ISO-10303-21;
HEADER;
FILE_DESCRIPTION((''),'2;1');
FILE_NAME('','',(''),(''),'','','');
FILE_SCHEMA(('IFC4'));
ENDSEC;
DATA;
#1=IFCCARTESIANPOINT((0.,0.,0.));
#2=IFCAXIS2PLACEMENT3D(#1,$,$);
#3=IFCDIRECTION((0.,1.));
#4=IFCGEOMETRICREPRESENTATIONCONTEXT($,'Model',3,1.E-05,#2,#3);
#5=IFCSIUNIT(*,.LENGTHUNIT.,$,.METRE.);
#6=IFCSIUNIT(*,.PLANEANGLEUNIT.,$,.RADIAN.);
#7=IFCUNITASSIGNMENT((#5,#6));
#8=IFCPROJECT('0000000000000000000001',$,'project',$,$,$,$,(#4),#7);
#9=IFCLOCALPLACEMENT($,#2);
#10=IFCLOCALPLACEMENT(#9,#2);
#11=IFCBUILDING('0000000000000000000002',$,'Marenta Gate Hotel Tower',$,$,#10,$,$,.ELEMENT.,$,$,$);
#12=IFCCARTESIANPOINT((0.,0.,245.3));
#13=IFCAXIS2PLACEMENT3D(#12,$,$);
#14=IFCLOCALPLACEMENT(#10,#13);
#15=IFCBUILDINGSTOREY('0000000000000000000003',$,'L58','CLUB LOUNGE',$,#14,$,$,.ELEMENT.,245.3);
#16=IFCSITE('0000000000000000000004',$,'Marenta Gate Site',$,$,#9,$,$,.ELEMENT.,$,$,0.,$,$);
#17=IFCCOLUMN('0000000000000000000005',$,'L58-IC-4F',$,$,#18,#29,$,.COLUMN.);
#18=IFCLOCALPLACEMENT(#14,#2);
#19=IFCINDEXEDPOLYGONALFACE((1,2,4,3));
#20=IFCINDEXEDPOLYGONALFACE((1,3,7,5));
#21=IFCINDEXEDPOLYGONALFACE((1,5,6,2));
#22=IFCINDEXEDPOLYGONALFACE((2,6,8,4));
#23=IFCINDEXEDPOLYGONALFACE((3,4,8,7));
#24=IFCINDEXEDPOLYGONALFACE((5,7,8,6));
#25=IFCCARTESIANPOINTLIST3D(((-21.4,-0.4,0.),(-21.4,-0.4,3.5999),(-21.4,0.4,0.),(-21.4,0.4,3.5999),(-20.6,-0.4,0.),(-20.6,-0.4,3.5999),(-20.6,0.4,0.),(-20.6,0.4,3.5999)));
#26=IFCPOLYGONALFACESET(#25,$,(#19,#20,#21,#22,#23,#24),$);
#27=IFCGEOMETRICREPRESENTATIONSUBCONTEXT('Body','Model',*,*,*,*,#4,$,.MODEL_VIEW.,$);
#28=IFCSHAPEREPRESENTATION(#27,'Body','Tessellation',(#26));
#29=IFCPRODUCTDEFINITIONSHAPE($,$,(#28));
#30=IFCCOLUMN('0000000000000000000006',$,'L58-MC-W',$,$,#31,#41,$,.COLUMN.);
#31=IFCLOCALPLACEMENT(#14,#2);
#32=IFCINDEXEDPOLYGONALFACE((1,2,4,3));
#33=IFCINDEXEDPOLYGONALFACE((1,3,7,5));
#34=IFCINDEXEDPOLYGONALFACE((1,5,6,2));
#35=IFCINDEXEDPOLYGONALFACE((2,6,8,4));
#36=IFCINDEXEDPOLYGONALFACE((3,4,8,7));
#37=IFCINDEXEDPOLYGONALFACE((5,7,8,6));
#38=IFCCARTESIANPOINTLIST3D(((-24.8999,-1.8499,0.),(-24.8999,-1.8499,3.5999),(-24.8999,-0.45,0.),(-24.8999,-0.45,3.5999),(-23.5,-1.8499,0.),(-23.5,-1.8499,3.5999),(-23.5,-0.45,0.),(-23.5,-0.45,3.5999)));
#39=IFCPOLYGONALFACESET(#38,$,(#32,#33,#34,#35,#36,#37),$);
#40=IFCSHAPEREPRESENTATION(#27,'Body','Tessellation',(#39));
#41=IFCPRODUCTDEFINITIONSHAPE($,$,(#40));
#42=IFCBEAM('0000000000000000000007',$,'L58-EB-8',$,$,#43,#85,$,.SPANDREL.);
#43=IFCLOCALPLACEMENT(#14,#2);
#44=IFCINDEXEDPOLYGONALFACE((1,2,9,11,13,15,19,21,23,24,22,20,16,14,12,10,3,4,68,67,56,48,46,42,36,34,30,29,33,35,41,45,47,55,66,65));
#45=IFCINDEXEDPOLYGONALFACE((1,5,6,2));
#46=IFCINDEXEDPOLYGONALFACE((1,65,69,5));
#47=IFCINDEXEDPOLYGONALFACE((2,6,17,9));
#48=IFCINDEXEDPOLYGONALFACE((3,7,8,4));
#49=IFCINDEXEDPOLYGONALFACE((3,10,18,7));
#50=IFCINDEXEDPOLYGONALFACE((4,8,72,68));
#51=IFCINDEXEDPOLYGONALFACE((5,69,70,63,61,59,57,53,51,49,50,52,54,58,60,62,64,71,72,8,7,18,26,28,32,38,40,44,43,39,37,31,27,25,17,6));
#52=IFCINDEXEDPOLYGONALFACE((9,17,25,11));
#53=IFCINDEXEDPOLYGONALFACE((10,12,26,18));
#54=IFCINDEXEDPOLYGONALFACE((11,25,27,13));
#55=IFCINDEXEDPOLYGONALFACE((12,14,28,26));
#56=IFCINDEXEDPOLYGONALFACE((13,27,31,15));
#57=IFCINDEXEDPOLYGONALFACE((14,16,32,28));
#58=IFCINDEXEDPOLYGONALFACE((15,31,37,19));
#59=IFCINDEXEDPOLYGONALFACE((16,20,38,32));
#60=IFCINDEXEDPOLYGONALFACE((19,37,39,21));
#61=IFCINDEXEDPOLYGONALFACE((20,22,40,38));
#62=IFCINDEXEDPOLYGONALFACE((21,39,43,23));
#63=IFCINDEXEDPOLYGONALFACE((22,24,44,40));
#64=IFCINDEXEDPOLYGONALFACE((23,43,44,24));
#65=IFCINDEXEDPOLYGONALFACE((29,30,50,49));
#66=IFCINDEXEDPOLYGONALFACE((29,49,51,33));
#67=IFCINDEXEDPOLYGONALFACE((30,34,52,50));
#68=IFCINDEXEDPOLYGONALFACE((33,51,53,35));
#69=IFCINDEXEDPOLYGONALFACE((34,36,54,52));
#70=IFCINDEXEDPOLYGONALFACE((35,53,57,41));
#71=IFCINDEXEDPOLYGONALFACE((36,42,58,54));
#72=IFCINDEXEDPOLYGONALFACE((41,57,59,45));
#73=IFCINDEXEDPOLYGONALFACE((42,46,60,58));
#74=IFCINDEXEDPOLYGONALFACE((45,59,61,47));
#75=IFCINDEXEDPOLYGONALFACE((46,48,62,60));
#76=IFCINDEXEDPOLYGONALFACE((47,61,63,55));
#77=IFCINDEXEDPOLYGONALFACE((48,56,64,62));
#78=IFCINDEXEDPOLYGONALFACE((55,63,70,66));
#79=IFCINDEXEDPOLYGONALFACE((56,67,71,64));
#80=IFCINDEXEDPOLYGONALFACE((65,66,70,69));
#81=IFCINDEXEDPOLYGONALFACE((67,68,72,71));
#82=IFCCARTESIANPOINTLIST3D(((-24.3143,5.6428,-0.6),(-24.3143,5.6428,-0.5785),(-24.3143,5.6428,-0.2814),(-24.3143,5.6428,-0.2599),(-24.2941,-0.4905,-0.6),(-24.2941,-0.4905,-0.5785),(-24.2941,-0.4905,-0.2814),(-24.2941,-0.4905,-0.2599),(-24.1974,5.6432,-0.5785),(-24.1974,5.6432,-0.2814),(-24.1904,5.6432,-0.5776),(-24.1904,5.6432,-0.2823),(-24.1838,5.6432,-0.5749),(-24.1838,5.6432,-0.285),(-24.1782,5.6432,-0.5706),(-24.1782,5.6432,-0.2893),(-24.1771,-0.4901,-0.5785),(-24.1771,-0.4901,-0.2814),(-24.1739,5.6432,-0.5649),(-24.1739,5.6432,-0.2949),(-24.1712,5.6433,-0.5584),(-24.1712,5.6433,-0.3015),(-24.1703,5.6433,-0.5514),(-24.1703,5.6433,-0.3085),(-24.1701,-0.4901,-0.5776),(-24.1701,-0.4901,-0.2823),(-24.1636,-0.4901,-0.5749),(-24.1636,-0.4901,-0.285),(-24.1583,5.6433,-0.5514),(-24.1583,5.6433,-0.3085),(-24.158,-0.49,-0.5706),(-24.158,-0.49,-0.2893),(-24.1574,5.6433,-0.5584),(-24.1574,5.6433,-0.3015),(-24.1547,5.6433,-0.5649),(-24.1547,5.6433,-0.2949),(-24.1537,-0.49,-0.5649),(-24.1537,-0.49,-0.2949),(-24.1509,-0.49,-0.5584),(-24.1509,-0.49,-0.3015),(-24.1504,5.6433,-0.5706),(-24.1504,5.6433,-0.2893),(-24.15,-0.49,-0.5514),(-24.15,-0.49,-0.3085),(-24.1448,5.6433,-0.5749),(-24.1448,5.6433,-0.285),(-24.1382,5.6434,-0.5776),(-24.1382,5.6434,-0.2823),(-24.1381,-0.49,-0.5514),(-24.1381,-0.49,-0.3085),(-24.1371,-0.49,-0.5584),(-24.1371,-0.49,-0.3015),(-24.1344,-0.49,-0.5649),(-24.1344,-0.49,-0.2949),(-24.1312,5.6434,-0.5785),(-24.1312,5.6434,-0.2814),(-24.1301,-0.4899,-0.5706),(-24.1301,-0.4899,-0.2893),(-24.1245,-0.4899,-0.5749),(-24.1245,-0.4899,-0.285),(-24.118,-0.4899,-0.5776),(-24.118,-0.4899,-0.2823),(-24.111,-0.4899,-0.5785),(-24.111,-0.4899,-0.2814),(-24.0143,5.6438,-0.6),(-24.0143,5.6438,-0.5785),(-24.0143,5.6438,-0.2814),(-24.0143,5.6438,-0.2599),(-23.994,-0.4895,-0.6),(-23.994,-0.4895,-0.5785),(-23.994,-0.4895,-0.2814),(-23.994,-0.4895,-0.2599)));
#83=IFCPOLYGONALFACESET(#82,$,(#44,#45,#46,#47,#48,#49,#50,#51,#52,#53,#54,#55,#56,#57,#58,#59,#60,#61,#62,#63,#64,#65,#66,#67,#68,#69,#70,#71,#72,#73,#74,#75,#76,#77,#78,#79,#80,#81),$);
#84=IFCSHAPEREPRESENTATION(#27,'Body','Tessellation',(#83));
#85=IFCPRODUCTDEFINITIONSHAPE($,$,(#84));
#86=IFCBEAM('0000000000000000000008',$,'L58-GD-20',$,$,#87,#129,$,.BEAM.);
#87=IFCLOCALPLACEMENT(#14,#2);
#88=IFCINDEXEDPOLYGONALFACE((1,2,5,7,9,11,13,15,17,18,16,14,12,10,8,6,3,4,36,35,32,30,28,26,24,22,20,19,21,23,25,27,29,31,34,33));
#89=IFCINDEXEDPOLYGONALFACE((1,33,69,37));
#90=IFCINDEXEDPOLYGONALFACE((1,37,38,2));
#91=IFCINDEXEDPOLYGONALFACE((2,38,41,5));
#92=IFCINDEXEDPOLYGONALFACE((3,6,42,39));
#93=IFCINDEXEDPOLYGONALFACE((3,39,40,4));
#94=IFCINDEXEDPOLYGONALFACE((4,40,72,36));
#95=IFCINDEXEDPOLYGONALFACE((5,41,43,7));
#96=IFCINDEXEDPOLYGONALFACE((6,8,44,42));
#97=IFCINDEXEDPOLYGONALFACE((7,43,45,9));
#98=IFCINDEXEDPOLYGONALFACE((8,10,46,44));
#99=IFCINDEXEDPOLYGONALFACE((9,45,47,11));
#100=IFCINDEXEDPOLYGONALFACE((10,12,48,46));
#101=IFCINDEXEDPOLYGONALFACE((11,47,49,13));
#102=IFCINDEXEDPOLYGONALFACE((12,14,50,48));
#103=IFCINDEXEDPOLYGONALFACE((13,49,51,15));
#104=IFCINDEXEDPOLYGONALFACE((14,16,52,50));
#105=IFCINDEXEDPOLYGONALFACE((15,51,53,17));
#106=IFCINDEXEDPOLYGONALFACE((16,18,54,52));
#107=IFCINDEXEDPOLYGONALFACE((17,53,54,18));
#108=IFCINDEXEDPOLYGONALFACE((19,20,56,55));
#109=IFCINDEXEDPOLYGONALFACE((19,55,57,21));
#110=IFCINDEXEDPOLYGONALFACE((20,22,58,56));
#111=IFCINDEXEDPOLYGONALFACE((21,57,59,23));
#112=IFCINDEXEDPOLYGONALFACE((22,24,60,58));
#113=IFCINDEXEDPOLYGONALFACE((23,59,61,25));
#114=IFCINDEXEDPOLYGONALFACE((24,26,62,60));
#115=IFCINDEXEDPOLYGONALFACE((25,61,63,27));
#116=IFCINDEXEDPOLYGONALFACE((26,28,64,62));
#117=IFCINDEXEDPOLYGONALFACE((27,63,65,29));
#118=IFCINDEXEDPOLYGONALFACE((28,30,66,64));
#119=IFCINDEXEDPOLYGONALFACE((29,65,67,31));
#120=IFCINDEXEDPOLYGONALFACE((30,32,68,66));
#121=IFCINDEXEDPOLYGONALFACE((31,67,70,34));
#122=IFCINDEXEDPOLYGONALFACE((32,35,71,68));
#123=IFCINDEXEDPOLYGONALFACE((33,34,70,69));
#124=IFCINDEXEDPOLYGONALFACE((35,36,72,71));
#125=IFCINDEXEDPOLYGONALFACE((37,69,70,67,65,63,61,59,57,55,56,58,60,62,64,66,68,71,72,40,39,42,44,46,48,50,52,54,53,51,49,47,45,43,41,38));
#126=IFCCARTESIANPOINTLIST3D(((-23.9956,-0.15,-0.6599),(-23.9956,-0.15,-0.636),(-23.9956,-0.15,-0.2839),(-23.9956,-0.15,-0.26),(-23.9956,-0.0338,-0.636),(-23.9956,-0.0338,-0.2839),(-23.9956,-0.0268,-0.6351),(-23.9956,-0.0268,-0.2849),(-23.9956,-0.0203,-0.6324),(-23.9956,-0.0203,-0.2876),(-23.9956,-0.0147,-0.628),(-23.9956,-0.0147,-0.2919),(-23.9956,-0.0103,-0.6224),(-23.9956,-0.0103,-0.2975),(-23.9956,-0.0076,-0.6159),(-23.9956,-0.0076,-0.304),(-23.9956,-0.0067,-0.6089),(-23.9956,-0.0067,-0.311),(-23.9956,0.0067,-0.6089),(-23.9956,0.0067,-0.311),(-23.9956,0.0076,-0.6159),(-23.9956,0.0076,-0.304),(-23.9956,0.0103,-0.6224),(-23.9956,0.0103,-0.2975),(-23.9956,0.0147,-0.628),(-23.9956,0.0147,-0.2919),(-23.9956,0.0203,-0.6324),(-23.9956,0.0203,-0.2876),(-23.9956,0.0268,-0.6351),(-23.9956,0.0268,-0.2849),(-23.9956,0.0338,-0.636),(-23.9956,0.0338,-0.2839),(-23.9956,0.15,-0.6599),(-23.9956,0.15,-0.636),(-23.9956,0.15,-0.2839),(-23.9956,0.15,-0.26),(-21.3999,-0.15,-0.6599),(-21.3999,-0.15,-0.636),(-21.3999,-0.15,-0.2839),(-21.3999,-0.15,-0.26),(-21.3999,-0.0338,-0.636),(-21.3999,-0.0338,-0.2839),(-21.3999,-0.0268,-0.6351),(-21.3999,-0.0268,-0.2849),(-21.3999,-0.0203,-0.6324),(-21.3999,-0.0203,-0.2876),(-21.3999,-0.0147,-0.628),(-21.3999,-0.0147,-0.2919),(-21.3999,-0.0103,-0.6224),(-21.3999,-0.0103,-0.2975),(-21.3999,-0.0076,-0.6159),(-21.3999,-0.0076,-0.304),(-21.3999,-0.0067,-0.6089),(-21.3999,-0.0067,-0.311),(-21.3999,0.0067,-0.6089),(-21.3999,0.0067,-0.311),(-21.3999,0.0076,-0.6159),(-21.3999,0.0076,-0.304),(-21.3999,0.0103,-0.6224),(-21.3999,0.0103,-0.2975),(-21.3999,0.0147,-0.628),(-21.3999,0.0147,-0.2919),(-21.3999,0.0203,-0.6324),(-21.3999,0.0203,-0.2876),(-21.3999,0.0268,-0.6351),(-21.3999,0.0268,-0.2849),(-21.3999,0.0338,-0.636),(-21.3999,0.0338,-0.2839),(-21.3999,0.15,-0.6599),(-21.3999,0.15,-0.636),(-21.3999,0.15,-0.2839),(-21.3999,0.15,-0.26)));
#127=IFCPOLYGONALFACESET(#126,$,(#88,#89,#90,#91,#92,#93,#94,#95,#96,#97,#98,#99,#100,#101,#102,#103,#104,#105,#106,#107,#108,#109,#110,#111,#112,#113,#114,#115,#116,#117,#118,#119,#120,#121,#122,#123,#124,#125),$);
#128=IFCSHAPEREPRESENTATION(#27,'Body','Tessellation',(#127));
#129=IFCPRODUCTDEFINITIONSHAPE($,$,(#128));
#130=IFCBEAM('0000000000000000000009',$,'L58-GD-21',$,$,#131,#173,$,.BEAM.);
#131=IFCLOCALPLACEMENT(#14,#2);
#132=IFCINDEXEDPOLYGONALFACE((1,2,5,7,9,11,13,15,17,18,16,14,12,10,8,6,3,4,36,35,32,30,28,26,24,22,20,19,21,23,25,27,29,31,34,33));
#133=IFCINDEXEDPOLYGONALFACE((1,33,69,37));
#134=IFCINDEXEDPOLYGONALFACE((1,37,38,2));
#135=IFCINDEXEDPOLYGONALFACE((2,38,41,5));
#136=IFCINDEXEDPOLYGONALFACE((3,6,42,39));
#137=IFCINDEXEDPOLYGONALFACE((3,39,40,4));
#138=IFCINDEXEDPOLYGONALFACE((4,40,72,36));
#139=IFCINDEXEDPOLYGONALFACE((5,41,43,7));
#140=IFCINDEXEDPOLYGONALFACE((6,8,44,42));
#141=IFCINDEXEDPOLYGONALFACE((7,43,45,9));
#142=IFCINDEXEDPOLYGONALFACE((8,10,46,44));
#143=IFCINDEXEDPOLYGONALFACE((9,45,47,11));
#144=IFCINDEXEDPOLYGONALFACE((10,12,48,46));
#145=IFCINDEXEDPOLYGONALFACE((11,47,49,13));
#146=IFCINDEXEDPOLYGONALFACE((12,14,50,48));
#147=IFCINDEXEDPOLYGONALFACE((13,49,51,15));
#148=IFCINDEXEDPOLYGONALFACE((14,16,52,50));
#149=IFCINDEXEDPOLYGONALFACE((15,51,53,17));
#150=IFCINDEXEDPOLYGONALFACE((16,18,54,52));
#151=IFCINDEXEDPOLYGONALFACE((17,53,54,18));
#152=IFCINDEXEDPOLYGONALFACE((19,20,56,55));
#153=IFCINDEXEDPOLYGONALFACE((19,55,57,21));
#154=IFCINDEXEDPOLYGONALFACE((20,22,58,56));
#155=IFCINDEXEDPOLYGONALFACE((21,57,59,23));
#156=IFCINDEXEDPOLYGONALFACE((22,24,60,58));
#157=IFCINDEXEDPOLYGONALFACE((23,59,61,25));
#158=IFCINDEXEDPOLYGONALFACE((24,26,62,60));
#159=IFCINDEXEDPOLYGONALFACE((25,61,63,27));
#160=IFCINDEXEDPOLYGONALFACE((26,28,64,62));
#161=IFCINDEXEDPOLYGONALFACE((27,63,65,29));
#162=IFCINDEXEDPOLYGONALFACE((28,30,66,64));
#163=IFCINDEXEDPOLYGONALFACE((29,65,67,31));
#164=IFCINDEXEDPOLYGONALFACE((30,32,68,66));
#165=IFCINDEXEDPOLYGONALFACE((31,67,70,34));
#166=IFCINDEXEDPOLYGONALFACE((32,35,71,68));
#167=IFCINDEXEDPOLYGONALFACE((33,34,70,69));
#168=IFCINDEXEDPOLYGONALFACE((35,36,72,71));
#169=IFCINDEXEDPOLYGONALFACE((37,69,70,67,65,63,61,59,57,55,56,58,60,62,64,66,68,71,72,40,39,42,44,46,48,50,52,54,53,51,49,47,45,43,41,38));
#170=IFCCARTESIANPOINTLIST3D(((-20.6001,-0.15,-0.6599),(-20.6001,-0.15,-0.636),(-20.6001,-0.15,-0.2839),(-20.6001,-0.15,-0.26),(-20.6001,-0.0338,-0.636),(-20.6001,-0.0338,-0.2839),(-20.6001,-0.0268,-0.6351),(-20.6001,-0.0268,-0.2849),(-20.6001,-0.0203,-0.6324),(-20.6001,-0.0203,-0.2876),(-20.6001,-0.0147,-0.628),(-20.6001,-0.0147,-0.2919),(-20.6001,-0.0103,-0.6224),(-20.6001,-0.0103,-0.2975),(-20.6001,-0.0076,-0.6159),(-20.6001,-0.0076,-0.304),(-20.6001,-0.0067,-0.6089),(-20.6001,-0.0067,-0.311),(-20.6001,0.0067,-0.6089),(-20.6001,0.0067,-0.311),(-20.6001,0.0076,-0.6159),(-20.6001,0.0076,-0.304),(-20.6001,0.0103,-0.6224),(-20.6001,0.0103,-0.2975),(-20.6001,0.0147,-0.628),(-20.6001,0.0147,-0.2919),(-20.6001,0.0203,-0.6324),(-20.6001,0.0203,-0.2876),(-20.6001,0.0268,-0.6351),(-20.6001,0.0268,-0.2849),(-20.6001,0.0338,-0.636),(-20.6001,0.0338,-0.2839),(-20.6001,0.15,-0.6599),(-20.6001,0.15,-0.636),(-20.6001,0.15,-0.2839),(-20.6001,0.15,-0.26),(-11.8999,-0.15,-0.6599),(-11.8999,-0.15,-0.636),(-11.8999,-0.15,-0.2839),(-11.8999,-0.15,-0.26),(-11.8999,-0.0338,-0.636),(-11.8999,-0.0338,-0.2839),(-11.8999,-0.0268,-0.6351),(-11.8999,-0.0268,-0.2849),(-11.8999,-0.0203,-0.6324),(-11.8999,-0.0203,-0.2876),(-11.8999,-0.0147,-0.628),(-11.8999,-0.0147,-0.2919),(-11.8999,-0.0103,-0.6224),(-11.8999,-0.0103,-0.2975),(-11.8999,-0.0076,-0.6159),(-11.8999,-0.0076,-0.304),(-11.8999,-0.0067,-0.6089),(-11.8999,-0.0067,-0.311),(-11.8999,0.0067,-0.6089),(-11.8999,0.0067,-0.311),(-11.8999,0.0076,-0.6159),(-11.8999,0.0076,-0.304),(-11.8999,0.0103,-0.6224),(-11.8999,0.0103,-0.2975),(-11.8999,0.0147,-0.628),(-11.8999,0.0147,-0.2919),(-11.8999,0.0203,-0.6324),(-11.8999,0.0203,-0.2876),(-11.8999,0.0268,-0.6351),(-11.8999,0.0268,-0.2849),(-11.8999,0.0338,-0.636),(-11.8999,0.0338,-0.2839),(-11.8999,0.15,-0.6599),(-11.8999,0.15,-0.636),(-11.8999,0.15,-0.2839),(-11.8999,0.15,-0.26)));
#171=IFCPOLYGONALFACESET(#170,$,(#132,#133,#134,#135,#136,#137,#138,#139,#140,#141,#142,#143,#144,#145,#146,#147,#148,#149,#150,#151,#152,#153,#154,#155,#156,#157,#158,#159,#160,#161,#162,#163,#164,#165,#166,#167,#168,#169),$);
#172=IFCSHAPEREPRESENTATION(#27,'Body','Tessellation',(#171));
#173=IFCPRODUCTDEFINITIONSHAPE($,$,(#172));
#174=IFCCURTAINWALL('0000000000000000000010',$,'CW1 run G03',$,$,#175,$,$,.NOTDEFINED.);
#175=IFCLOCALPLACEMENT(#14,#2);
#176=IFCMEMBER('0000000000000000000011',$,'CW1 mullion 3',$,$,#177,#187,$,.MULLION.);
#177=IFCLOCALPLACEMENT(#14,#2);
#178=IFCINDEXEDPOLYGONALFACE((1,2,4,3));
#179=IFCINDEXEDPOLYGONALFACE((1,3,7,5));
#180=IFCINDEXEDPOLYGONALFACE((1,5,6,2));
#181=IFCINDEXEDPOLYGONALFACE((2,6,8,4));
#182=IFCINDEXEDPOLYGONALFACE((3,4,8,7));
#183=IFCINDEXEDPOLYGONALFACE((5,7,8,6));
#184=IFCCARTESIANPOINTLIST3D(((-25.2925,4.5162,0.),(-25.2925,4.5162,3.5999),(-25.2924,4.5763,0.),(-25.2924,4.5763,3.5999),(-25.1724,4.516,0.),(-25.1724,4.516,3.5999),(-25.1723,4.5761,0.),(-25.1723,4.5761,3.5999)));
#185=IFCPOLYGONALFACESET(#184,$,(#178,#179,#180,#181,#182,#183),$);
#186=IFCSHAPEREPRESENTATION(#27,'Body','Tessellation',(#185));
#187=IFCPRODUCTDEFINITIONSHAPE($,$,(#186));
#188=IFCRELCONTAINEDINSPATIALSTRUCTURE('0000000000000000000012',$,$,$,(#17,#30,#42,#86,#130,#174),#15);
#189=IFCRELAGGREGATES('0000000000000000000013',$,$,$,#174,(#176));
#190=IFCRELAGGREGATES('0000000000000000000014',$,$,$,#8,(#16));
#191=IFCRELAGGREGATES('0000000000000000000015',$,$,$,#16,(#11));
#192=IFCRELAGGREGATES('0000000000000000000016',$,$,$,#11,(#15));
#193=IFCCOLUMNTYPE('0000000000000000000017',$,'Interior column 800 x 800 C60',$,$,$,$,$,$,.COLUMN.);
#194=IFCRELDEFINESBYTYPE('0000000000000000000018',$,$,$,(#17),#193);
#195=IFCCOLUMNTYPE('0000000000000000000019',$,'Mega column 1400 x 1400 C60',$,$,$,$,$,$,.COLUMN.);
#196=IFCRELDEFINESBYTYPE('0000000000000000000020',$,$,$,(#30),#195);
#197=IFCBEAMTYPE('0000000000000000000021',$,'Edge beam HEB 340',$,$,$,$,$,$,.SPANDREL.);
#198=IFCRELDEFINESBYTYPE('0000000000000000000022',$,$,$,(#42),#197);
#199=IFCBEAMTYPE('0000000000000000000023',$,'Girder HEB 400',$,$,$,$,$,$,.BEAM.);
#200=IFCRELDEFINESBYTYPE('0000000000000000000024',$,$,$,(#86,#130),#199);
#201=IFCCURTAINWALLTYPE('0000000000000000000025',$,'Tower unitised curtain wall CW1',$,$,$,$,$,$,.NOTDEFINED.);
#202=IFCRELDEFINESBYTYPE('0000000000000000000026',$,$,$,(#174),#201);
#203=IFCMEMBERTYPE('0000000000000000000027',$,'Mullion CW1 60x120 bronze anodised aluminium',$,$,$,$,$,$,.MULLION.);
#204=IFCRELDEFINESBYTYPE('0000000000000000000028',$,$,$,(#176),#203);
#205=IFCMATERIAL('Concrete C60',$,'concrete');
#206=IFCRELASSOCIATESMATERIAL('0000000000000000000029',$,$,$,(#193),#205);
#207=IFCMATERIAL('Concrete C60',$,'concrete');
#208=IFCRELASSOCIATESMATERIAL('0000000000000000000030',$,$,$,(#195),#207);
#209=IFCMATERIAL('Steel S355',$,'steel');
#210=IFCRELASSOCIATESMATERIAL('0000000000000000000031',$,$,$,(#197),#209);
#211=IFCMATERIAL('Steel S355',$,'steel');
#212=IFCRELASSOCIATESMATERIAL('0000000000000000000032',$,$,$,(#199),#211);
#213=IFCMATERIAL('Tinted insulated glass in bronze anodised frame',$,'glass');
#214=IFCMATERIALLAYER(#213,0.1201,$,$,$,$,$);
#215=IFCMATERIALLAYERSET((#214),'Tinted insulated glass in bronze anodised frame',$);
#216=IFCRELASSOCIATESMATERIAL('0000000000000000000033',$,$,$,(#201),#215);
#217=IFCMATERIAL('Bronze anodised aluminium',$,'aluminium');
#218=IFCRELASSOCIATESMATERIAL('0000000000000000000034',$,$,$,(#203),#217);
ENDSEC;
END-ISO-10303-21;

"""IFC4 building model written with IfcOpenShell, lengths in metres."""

from ifc_helpers import new_model, si_unit, direction, frame, origin, origin_2d, place, context, subcontext, project, spatial, rectangle, i_section, extrude, material, layer, layer_set, material_profile, profile_set, type_object, element, aggregate, save


model = new_model("IFC4")

# Units and contexts
model_context = context("Model", 3, precision=1e-05, world=origin(), true_north=direction((0.0, 1.0)))
body_context = subcontext(model_context, "Body", "Model", "MODEL_VIEW")
ifc_project = project(units=[si_unit("LENGTHUNIT", "METRE"), si_unit("PLANEANGLEUNIT", "RADIAN")], contexts=[model_context])

# Site, building, storey
site_placement = place(None, origin())
site = spatial("IfcSite", under=ifc_project, at=site_placement, Name="Marenta Gate Site", CompositionType="ELEMENT", RefElevation=0.0)
building_placement = place(site_placement, origin())
building = spatial("IfcBuilding", under=site, at=building_placement, Name="Marenta Gate Hotel Tower", CompositionType="ELEMENT")
storey_placement = place(building_placement, frame((0.0, 0.0, 245.3)))
storey = spatial("IfcBuildingStorey", under=building, at=storey_placement, Name="L58", Description="CLUB LOUNGE", CompositionType="ELEMENT", Elevation=245.3)

# Columns
ifc_material_1 = material(Name="Concrete C60", Category="concrete")
ifc_material_profile_1 = material_profile(ifc_material_1, rectangle(XDim=0.8, YDim=0.8, at=origin_2d()), Name="800 x 800")
ifc_profile_set_1 = profile_set([ifc_material_profile_1], Name="Concrete C60")
column_type_1 = type_object("IfcColumnType", Name="Interior column 800 x 800 C60", PredefinedType="COLUMN", material=ifc_profile_set_1)
column_1_placement = place(storey_placement, frame((-21.0, 0.0, 0.0), z_axis=(0.0, 0.0, 1.0), x_axis=(1.0, 0.0, 0.0)))
element("IfcColumn", 1, at=column_1_placement, inside=storey, type_object=column_type_1, Name="L58-IC-4F", PredefinedType="COLUMN", context=body_context, shape_type="SweptSolid", body=[
    extrude(rectangle(XDim=0.8, YDim=0.8, at=origin_2d()), origin(), (0.0, 0.0, 1.0), 3.5999),
])
ifc_material_2 = material(Name="Concrete C60", Category="concrete")
ifc_material_profile_2 = material_profile(ifc_material_2, rectangle(XDim=1.3999, YDim=1.3999, at=origin_2d()), Name="1400 x 1400")
ifc_profile_set_2 = profile_set([ifc_material_profile_2], Name="Concrete C60")
column_type_2 = type_object("IfcColumnType", Name="Mega column 1400 x 1400 C60", PredefinedType="COLUMN", material=ifc_profile_set_2)
column_2_placement = place(storey_placement, frame((-24.2, -1.1499, 0.0), z_axis=(0.0, 0.0, 1.0), x_axis=(1.0, 0.0, 0.0)))
element("IfcColumn", 2, at=column_2_placement, inside=storey, type_object=column_type_2, Name="L58-MC-W", PredefinedType="COLUMN", context=body_context, shape_type="SweptSolid", body=[
    extrude(rectangle(XDim=1.3999, YDim=1.3999, at=origin_2d()), origin(), (0.0, 0.0, 1.0), 3.5999),
])

# Beams
ifc_material_3 = material(Name="Steel S355", Category="steel")
ifc_material_profile_3 = material_profile(ifc_material_3, i_section(OverallWidth=0.3, OverallDepth=0.3401, WebThickness=0.012, FlangeThickness=0.0215, FilletRadius=0.0271, at=origin_2d()), Name="HEB 340")
ifc_profile_set_3 = profile_set([ifc_material_profile_3], Name="Steel S355")
beam_type_1 = type_object("IfcBeamType", Name="Edge beam HEB 340", PredefinedType="SPANDREL", material=ifc_profile_set_3)
beam_1_placement = place(storey_placement, frame((-24.144, -0.49, -0.4299), z_axis=(-0.003304, 0.999995, 0.0), x_axis=(-0.999995, -0.003304, 0.0)))
element("IfcBeam", 3, at=beam_1_placement, inside=storey, type_object=beam_type_1, Name="L58-EB-8", PredefinedType="SPANDREL", context=body_context, shape_type="SweptSolid", body=[
    extrude(i_section(OverallWidth=0.3, OverallDepth=0.3401, WebThickness=0.012, FlangeThickness=0.0215, FilletRadius=0.0271, at=origin_2d()), origin(), (0.0, 0.0, 1.0), 6.1333),
])
ifc_material_4 = material(Name="Steel S355", Category="steel")
ifc_material_profile_4 = material_profile(ifc_material_4, i_section(OverallWidth=0.3, OverallDepth=0.3999, WebThickness=0.0134, FlangeThickness=0.0239, FilletRadius=0.0271, at=origin_2d()), Name="HEB 400")
ifc_profile_set_4 = profile_set([ifc_material_profile_4], Name="Steel S355")
beam_type_2 = type_object("IfcBeamType", Name="Girder HEB 400", PredefinedType="BEAM", material=ifc_profile_set_4)
beam_2_placement = place(storey_placement, frame((-23.9956, 0.0, -0.46), z_axis=(1.0, 0.0, 0.0), x_axis=(0.0, 1.0, 0.0)))
element("IfcBeam", 4, at=beam_2_placement, inside=storey, type_object=beam_type_2, Name="L58-GD-20", PredefinedType="BEAM", context=body_context, shape_type="SweptSolid", body=[
    extrude(i_section(OverallWidth=0.3, OverallDepth=0.3999, WebThickness=0.0134, FlangeThickness=0.0239, FilletRadius=0.0271, at=origin_2d()), origin(), (0.0, 0.0, 1.0), 2.5957),
])
beam_3_placement = place(storey_placement, frame((-20.6001, 0.0, -0.46), z_axis=(1.0, 0.0, 0.0), x_axis=(0.0, 1.0, 0.0)))
element("IfcBeam", 5, at=beam_3_placement, inside=storey, type_object=beam_type_2, Name="L58-GD-21", PredefinedType="BEAM", context=body_context, shape_type="SweptSolid", body=[
    extrude(i_section(OverallWidth=0.3, OverallDepth=0.3999, WebThickness=0.0134, FlangeThickness=0.0239, FilletRadius=0.0271, at=origin_2d()), origin(), (0.0, 0.0, 1.0), 8.7002),
])

# Curtain wall, member
ifc_material_5 = material(Name="Tinted insulated glass in bronze anodised frame", Category="glass")
ifc_layer_1 = layer(ifc_material_5, 0.1201)
ifc_layer_set_1 = layer_set([ifc_layer_1], Name="Tinted insulated glass in bronze anodised frame")
curtain_wall_type = type_object("IfcCurtainWallType", Name="Tower unitised curtain wall CW1", PredefinedType="NOTDEFINED", material=ifc_layer_set_1)
curtain_wall_placement = place(storey_placement, origin())
curtain_wall = element("IfcCurtainWall", 6, at=curtain_wall_placement, inside=storey, type_object=curtain_wall_type, Name="CW1 run G03", PredefinedType="NOTDEFINED")
ifc_material_6 = material(Name="Bronze anodised aluminium", Category="aluminium")
ifc_material_profile_5 = material_profile(ifc_material_6, rectangle(XDim=0.1201, YDim=0.0601, at=origin_2d()), Name="Mullion CW1 60x120 bronze anodised aluminium")
ifc_profile_set_5 = profile_set([ifc_material_profile_5], Name="Bronze anodised aluminium")
member_type_1 = type_object("IfcMemberType", Name="Mullion CW1 60x120 bronze anodised aluminium", PredefinedType="MULLION", material=ifc_profile_set_5)
member_1_placement = place(storey_placement, frame((-25.2324, 4.5461, 0.0), z_axis=(0.0, 0.0, 1.0), x_axis=(0.999999, -0.001566, 0.0)))
member_1 = element("IfcMember", 7, at=member_1_placement, type_object=member_type_1, Name="CW1 mullion 3", PredefinedType="MULLION", context=body_context, shape_type="SweptSolid", body=[
    extrude(rectangle(XDim=0.1201, YDim=0.0601, at=origin_2d()), origin(), (0.0, 0.0, 1.0), 3.5999),
])
aggregate(curtain_wall, [member_1])

save(model, "model.ifc")
